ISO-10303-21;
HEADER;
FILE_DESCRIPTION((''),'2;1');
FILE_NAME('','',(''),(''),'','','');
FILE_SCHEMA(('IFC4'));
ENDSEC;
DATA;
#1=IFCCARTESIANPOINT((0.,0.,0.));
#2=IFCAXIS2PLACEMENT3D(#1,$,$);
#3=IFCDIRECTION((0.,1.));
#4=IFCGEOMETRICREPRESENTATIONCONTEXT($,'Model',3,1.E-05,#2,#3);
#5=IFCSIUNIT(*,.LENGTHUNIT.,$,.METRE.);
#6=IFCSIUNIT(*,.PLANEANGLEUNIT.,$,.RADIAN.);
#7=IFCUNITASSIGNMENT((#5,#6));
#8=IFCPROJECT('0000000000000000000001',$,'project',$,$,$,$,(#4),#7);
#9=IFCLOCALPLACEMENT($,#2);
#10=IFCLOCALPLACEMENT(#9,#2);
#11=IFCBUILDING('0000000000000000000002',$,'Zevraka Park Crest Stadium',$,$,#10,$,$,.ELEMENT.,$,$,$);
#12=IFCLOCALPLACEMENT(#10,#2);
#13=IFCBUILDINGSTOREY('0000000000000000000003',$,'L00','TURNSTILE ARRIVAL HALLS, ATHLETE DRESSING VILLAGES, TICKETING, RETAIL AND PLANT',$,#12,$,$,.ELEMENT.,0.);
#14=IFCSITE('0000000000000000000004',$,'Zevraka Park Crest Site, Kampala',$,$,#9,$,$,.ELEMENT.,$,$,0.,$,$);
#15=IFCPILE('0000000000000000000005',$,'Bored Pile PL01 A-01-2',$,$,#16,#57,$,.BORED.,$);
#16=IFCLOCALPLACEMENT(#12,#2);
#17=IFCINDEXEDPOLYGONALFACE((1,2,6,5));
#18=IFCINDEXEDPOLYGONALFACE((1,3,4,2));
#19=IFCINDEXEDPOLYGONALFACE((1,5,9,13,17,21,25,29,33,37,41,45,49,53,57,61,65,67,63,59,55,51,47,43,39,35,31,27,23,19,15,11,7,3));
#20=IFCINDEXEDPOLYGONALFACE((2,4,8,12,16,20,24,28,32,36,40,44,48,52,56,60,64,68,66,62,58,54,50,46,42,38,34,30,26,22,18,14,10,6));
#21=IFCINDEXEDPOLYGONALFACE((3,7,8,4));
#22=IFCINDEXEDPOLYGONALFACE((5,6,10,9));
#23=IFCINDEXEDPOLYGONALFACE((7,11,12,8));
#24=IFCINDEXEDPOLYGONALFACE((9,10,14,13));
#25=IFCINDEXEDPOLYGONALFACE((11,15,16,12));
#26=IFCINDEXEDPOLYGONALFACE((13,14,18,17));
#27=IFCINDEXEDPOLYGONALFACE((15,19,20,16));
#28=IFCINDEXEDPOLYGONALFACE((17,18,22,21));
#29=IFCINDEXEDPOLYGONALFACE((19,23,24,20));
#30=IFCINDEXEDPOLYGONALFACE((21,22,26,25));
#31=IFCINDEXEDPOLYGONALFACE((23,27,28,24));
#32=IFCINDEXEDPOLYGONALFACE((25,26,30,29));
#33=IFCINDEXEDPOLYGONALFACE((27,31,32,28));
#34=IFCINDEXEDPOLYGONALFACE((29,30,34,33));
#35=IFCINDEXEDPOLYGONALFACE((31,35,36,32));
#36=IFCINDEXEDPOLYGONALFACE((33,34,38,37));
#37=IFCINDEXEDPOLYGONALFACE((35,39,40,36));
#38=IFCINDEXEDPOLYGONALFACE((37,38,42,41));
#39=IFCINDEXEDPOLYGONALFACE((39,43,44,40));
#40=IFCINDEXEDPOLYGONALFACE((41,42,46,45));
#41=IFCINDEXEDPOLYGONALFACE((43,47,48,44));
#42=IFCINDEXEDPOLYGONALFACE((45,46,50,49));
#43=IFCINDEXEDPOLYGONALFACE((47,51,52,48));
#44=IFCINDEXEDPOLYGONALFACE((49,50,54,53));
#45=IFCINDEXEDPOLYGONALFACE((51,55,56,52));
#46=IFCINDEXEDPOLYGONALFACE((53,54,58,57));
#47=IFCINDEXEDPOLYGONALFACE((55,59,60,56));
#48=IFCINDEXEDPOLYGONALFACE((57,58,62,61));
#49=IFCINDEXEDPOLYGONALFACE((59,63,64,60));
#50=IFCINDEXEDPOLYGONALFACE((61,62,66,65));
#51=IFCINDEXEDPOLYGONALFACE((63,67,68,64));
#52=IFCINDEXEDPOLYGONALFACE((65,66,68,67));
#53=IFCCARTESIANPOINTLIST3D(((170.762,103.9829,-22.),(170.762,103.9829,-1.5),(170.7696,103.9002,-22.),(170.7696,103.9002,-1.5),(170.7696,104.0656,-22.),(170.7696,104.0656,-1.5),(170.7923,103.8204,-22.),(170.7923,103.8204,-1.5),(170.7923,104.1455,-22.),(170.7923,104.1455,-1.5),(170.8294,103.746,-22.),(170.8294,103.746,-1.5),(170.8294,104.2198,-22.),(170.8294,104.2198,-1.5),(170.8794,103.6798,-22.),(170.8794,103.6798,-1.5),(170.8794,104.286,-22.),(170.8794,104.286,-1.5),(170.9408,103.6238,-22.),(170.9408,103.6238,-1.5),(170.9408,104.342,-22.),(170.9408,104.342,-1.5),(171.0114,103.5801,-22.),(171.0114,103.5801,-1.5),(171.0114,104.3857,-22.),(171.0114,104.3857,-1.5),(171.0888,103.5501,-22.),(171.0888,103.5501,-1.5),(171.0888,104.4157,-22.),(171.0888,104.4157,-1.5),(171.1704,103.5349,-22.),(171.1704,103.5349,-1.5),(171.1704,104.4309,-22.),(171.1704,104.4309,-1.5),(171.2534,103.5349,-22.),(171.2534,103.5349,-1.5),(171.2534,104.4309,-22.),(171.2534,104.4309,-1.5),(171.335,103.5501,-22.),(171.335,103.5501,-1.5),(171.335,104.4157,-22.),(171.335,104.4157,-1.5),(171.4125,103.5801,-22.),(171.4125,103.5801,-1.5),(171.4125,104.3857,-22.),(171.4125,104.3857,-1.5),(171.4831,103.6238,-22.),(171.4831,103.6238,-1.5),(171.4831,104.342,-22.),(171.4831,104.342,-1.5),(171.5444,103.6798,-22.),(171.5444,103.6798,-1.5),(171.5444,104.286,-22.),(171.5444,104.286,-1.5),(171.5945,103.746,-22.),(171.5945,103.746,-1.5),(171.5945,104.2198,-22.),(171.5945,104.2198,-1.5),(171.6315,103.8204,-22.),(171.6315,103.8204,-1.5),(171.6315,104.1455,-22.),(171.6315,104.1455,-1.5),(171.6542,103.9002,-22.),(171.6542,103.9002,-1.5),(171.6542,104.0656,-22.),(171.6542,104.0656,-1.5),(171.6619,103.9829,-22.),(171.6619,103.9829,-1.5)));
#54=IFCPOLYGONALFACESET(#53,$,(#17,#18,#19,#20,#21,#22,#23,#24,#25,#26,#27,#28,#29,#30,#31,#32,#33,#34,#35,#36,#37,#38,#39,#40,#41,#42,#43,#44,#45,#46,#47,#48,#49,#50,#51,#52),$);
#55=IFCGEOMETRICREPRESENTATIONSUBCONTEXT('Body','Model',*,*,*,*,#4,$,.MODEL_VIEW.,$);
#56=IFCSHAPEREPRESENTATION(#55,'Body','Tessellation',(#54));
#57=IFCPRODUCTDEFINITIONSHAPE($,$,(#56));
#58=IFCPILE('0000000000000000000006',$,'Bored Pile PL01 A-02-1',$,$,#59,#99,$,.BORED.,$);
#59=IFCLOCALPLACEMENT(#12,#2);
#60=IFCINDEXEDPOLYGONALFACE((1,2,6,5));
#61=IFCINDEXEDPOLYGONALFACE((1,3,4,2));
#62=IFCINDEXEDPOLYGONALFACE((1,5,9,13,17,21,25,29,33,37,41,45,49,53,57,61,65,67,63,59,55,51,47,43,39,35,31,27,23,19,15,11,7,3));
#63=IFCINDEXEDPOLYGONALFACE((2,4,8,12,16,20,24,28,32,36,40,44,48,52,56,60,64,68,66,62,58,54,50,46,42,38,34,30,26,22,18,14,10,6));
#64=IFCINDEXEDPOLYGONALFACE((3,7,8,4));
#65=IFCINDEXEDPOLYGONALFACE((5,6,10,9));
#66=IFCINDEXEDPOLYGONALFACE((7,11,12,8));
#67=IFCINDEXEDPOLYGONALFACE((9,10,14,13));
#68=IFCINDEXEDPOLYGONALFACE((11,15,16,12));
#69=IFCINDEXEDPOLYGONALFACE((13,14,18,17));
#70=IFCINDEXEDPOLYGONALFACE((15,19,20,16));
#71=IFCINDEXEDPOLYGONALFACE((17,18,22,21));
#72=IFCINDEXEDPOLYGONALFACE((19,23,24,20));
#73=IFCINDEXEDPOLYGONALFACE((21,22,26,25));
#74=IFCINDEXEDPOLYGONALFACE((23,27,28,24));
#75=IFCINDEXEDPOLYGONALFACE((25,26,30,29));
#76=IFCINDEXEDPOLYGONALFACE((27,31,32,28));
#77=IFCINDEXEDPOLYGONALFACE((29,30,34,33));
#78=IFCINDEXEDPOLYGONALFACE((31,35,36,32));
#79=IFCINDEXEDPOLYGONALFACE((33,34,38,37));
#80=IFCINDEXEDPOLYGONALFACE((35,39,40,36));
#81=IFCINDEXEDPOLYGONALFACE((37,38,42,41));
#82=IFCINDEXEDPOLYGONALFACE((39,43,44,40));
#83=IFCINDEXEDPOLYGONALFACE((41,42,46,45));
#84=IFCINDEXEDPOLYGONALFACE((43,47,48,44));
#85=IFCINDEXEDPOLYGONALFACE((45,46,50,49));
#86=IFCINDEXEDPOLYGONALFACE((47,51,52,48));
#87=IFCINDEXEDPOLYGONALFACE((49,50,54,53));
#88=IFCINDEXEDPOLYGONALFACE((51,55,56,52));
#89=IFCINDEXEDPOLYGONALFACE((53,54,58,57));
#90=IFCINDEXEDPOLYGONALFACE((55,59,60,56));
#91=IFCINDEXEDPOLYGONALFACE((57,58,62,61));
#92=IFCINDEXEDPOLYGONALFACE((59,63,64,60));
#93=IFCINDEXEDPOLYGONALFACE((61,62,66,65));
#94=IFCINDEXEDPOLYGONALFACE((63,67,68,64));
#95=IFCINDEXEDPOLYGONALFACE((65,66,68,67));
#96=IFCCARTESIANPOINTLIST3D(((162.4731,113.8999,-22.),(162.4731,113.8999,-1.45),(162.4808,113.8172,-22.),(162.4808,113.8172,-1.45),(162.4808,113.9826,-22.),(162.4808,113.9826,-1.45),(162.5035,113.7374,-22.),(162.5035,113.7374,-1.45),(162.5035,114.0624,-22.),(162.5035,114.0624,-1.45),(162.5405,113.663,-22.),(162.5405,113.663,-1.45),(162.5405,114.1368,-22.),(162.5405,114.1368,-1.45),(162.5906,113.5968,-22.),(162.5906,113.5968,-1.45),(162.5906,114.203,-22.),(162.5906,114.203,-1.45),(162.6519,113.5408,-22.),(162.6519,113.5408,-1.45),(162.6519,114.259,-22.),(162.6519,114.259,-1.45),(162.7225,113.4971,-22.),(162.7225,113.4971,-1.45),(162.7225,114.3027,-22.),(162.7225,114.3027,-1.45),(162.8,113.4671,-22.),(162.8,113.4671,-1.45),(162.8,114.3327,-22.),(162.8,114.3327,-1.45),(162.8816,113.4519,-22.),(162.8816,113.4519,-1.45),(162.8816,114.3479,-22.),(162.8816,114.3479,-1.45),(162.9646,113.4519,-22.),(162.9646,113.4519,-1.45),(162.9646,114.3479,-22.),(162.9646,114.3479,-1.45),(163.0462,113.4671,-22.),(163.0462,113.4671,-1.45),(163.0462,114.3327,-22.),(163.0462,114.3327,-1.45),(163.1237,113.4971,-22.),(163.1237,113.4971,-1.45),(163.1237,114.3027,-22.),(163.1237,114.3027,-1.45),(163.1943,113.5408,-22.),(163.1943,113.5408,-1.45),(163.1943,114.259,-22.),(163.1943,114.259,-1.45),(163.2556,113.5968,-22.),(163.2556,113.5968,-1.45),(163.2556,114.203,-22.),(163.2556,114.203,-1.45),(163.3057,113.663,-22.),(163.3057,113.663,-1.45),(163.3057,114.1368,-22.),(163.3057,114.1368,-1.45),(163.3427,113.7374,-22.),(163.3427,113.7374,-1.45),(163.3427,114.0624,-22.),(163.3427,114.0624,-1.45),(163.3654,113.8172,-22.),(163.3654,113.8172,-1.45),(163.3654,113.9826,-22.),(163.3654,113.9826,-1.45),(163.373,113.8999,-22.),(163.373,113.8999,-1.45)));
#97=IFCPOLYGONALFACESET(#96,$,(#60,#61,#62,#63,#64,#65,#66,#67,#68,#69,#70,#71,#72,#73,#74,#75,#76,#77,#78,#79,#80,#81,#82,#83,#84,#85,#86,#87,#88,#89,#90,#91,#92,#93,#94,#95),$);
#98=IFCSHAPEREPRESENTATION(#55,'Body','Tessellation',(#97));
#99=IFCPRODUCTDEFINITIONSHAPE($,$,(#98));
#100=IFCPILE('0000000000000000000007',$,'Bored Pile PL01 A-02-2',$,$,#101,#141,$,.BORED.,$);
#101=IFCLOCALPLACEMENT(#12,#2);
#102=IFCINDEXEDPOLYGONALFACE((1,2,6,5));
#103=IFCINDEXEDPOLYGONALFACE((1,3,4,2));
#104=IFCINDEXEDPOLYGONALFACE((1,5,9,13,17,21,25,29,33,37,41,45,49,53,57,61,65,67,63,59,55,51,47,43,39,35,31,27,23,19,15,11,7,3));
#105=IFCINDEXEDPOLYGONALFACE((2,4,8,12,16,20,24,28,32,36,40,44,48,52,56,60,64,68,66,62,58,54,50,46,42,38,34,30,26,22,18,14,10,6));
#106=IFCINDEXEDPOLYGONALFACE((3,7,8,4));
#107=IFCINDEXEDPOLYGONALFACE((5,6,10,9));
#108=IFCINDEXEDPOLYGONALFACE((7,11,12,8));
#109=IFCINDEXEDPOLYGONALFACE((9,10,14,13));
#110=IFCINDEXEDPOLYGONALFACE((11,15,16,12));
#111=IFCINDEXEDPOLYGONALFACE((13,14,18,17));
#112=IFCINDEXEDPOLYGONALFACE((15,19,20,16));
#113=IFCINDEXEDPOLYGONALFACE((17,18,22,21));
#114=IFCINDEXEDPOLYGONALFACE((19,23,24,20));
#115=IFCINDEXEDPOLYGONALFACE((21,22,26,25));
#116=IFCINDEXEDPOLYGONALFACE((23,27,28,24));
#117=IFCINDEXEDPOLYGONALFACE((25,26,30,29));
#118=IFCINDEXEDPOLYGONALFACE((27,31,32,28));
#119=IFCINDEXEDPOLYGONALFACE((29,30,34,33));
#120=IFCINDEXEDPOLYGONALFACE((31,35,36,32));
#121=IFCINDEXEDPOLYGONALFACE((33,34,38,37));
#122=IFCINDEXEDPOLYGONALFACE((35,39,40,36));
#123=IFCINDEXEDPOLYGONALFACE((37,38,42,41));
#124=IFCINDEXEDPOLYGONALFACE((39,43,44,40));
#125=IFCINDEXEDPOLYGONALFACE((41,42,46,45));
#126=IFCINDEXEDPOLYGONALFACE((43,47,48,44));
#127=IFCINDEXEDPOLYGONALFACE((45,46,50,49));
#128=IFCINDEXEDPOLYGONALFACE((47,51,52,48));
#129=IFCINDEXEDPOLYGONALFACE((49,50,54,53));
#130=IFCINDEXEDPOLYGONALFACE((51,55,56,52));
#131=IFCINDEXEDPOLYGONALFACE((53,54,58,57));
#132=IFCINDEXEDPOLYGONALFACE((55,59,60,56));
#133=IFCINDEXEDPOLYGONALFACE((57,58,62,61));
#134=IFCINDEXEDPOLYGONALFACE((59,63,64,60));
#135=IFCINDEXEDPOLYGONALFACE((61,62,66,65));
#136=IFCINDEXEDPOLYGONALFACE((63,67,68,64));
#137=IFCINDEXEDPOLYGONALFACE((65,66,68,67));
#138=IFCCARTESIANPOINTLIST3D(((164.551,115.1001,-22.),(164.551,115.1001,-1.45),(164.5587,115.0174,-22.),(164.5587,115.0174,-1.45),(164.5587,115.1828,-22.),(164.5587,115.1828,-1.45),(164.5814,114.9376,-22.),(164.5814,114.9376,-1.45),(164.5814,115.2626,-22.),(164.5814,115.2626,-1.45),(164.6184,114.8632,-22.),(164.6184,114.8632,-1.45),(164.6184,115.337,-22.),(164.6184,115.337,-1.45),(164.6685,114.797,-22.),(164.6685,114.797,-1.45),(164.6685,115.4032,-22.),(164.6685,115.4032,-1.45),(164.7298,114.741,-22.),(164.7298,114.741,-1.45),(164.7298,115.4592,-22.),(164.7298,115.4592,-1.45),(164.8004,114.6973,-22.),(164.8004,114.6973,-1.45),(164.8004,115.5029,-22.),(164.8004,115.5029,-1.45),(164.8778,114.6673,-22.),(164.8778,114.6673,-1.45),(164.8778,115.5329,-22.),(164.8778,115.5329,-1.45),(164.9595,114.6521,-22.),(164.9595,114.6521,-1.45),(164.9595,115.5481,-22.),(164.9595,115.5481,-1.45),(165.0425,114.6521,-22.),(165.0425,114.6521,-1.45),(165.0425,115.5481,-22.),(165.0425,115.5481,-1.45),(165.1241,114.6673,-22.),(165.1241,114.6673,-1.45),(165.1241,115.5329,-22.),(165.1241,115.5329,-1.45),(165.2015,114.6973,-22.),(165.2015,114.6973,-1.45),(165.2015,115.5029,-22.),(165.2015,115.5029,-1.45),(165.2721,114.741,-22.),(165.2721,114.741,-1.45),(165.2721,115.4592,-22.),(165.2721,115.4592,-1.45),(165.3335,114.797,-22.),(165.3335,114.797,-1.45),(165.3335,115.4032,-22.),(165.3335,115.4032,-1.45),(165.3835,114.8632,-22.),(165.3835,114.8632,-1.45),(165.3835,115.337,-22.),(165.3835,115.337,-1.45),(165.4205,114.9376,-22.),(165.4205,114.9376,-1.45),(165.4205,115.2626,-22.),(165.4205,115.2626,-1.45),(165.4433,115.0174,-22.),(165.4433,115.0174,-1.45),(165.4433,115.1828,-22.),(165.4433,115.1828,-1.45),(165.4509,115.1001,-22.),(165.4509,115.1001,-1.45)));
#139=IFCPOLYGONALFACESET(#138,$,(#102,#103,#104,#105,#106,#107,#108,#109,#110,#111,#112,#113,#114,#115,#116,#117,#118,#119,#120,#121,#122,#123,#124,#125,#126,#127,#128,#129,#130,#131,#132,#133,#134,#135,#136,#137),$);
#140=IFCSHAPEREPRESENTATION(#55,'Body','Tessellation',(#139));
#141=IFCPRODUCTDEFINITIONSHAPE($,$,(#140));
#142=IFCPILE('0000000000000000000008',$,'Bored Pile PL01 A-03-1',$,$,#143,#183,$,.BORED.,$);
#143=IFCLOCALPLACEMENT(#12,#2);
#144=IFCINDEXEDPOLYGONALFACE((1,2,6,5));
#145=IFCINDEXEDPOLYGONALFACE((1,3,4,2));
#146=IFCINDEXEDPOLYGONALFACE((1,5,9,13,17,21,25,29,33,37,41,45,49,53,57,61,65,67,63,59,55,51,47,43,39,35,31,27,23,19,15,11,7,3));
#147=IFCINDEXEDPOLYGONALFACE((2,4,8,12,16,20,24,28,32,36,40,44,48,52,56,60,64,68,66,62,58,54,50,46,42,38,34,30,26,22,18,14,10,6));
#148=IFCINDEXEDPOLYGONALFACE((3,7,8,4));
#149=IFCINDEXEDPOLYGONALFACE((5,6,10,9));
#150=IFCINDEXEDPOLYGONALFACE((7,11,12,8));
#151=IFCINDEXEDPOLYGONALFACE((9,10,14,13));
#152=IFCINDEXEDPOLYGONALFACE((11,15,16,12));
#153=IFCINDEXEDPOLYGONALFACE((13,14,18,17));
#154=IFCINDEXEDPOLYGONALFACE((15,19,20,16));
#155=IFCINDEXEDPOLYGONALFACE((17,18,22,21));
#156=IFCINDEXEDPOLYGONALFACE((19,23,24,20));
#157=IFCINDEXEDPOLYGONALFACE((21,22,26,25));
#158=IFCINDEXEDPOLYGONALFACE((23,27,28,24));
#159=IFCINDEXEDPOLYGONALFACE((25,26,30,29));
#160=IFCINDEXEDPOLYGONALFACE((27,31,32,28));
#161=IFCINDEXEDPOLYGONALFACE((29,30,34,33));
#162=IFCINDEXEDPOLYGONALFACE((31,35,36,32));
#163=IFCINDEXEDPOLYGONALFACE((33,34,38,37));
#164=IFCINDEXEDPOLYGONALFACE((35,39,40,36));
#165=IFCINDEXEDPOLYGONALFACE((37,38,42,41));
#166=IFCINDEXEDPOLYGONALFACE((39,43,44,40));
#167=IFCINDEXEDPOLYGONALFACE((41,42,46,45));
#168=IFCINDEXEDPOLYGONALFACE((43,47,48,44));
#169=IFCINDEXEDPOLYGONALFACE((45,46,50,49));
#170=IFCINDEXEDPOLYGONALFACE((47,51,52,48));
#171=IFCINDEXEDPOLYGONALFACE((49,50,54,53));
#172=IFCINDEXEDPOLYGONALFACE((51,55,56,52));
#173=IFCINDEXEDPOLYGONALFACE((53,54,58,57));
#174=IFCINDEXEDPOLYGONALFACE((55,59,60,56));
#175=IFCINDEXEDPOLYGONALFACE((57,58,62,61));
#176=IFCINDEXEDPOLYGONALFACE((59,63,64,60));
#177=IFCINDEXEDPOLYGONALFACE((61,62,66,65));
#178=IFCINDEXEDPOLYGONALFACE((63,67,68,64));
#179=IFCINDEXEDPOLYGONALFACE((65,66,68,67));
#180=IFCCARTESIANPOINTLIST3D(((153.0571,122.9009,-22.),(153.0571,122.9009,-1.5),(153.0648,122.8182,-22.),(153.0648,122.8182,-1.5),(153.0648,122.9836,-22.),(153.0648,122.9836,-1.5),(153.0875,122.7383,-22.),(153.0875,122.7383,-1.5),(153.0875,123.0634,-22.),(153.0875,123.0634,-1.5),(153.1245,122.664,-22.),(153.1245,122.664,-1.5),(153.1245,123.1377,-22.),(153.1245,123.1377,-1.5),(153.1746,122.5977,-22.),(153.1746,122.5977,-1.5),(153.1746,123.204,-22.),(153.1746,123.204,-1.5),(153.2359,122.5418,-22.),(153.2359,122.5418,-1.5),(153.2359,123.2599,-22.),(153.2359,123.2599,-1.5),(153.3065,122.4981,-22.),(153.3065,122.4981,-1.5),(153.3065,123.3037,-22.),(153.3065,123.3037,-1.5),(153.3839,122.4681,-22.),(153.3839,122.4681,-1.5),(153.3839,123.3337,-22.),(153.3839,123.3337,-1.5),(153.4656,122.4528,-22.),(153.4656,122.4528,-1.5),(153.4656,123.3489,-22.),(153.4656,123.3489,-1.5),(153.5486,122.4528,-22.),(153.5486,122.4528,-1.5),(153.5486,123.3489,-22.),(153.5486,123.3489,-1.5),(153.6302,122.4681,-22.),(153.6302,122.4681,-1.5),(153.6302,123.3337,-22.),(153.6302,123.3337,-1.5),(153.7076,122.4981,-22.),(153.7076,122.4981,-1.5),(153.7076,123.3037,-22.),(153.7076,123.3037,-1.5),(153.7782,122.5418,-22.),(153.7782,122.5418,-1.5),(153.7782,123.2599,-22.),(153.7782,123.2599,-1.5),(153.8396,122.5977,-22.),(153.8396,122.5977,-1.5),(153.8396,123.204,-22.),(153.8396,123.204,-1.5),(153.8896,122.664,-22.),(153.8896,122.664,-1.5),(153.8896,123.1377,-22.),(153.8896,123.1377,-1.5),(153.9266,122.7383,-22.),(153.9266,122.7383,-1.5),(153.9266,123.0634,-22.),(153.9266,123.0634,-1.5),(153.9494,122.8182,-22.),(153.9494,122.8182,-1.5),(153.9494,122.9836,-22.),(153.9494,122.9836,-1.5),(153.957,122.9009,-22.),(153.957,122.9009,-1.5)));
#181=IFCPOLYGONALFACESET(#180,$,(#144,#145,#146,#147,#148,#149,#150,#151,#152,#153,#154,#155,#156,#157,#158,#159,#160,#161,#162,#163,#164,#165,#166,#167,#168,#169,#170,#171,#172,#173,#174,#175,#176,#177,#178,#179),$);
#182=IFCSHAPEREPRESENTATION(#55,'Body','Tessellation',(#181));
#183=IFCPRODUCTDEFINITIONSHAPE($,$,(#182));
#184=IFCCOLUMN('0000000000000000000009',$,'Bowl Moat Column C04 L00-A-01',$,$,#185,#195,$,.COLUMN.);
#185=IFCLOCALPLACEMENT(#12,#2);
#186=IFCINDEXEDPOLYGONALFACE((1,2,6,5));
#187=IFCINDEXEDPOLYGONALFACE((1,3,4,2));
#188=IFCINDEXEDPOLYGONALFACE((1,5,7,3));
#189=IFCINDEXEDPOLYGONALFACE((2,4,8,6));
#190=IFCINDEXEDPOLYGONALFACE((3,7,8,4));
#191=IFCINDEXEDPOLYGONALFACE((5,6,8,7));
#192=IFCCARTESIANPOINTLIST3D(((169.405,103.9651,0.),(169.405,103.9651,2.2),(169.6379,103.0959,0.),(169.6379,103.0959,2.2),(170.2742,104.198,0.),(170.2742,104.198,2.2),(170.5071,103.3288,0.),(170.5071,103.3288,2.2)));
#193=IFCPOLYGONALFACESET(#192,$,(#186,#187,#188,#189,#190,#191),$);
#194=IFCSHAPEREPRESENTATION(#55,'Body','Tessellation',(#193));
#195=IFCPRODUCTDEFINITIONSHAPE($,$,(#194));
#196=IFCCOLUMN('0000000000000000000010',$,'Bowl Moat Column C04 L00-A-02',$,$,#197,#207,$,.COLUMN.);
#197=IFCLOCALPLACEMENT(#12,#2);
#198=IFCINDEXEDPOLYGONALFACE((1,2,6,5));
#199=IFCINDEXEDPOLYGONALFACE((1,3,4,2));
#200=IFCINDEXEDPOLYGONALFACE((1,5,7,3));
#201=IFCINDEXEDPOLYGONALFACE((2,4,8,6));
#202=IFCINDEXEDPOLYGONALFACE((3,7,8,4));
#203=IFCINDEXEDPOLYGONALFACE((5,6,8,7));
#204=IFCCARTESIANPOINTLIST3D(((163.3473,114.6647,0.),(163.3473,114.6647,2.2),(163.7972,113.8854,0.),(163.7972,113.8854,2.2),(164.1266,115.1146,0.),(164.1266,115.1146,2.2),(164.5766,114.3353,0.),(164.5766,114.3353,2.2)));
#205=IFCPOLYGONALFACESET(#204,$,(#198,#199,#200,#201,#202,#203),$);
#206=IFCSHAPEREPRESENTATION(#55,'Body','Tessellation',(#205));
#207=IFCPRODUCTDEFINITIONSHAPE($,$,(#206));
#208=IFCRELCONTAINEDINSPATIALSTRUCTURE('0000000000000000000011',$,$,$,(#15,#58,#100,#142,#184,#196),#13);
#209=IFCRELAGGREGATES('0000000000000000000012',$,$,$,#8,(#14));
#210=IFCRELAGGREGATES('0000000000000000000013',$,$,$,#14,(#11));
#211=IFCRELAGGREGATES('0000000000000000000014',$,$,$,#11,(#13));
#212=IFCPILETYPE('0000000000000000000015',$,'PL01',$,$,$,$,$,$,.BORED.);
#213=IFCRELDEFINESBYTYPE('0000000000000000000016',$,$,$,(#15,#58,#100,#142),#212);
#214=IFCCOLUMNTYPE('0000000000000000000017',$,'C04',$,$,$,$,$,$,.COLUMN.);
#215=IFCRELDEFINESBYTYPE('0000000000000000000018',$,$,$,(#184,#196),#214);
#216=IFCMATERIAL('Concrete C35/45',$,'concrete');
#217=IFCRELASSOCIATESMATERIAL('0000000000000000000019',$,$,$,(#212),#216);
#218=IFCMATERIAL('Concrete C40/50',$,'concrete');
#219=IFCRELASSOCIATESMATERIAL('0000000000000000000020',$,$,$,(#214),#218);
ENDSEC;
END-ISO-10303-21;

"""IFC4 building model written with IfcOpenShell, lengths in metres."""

from ifc_helpers import new_model, si_unit, direction, frame, origin, origin_2d, place, context, subcontext, project, spatial, rectangle, circle, extrude, material, material_profile, profile_set, type_object, element, save


model = new_model("IFC4")

# Units and contexts
model_context = context("Model", 3, precision=1e-05, world=origin(), true_north=direction((0.0, 1.0)))
body_context = subcontext(model_context, "Body", "Model", "MODEL_VIEW")
ifc_project = project(units=[si_unit("LENGTHUNIT", "METRE"), si_unit("PLANEANGLEUNIT", "RADIAN")], contexts=[model_context])

# Site, building, storey
site_placement = place(None, origin())
site = spatial("IfcSite", under=ifc_project, at=site_placement, Name="Zevraka Park Crest Site, Kampala", CompositionType="ELEMENT", RefElevation=0.0)
building_placement = place(site_placement, origin())
building = spatial("IfcBuilding", under=site, at=building_placement, Name="Zevraka Park Crest Stadium", CompositionType="ELEMENT")
storey_placement = place(building_placement, origin())
storey = spatial("IfcBuildingStorey", under=building, at=storey_placement, Name="L00", Description="TURNSTILE ARRIVAL HALLS, ATHLETE DRESSING VILLAGES, TICKETING, RETAIL AND PLANT", CompositionType="ELEMENT", Elevation=0.0)

# Piles
ifc_material_1 = material(Name="Concrete C35/45", Category="concrete")
ifc_material_profile_1 = material_profile(ifc_material_1, circle(Radius=0.45, at=origin_2d()), Name="PILE D900")
ifc_profile_set_1 = profile_set([ifc_material_profile_1], Name="Concrete C35/45")
pile_type = type_object("IfcPileType", Name="PL01", PredefinedType="BORED", material=ifc_profile_set_1)
for number, where, z_axis, x_axis, name in (
    (1, (171.2119, 103.9829, -1.5), (0.0, 0.0, -1.0), (1.0, 0.0, 0.0), "Bored Pile PL01 A-01-2"),
):
    element("IfcPile", number, at=place(storey_placement, frame(where, z_axis=z_axis, x_axis=x_axis)), inside=storey, type_object=pile_type, Name=name, PredefinedType="BORED", context=body_context, shape_type="SweptSolid", body=[
        extrude(circle(Radius=0.45, at=origin_2d()), origin(), (0.0, 0.0, 1.0), 20.5),
    ])
for number, where, z_axis, x_axis, name in (
    (2, (162.9231, 113.8999, -1.45), (0.0, 0.0, -1.0), (1.0, 0.0, 0.0), "Bored Pile PL01 A-02-1"),
    (3, (165.001, 115.1001, -1.45), (0.0, 0.0, -1.0), (1.0, 0.0, 0.0), "Bored Pile PL01 A-02-2"),
):
    element("IfcPile", number, at=place(storey_placement, frame(where, z_axis=z_axis, x_axis=x_axis)), inside=storey, type_object=pile_type, Name=name, PredefinedType="BORED", context=body_context, shape_type="SweptSolid", body=[
        extrude(circle(Radius=0.45, at=origin_2d()), origin(), (0.0, 0.0, 1.0), 20.55),
    ])
pile_1_placement = place(storey_placement, frame((153.5071, 122.9009, -1.5), z_axis=(0.0, 0.0, -1.0), x_axis=(1.0, 0.0, 0.0)))
element("IfcPile", 4, at=pile_1_placement, inside=storey, type_object=pile_type, Name="Bored Pile PL01 A-03-1", PredefinedType="BORED", context=body_context, shape_type="SweptSolid", body=[
    extrude(circle(Radius=0.45, at=origin_2d()), origin(), (0.0, 0.0, 1.0), 20.5),
])

# Columns
ifc_material_2 = material(Name="Concrete C40/50", Category="concrete")
ifc_material_profile_2 = material_profile(ifc_material_2, rectangle(XDim=0.8999, YDim=0.8999, at=origin_2d()), Name="RC 900x900")
ifc_profile_set_2 = profile_set([ifc_material_profile_2], Name="Concrete C40/50")
column_type = type_object("IfcColumnType", Name="C04", PredefinedType="COLUMN", material=ifc_profile_set_2)
for number, where, z_axis, x_axis, name in (
    (5, (169.9561, 103.647, 0.0), (0.0, 0.0, 1.0), (0.965926, 0.258819, 0.0), "Bowl Moat Column C04 L00-A-01"),
    (6, (163.9619, 114.5, 0.0), (0.0, 0.0, 1.0), (0.866025, 0.5, 0.0), "Bowl Moat Column C04 L00-A-02"),
):
    element("IfcColumn", number, at=place(storey_placement, frame(where, z_axis=z_axis, x_axis=x_axis)), inside=storey, type_object=column_type, Name=name, PredefinedType="COLUMN", context=body_context, shape_type="SweptSolid", body=[
        extrude(rectangle(XDim=0.8999, YDim=0.8999, at=origin_2d()), origin(), (0.0, 0.0, 1.0), 2.2),
    ])

save(model, "model.ifc")
